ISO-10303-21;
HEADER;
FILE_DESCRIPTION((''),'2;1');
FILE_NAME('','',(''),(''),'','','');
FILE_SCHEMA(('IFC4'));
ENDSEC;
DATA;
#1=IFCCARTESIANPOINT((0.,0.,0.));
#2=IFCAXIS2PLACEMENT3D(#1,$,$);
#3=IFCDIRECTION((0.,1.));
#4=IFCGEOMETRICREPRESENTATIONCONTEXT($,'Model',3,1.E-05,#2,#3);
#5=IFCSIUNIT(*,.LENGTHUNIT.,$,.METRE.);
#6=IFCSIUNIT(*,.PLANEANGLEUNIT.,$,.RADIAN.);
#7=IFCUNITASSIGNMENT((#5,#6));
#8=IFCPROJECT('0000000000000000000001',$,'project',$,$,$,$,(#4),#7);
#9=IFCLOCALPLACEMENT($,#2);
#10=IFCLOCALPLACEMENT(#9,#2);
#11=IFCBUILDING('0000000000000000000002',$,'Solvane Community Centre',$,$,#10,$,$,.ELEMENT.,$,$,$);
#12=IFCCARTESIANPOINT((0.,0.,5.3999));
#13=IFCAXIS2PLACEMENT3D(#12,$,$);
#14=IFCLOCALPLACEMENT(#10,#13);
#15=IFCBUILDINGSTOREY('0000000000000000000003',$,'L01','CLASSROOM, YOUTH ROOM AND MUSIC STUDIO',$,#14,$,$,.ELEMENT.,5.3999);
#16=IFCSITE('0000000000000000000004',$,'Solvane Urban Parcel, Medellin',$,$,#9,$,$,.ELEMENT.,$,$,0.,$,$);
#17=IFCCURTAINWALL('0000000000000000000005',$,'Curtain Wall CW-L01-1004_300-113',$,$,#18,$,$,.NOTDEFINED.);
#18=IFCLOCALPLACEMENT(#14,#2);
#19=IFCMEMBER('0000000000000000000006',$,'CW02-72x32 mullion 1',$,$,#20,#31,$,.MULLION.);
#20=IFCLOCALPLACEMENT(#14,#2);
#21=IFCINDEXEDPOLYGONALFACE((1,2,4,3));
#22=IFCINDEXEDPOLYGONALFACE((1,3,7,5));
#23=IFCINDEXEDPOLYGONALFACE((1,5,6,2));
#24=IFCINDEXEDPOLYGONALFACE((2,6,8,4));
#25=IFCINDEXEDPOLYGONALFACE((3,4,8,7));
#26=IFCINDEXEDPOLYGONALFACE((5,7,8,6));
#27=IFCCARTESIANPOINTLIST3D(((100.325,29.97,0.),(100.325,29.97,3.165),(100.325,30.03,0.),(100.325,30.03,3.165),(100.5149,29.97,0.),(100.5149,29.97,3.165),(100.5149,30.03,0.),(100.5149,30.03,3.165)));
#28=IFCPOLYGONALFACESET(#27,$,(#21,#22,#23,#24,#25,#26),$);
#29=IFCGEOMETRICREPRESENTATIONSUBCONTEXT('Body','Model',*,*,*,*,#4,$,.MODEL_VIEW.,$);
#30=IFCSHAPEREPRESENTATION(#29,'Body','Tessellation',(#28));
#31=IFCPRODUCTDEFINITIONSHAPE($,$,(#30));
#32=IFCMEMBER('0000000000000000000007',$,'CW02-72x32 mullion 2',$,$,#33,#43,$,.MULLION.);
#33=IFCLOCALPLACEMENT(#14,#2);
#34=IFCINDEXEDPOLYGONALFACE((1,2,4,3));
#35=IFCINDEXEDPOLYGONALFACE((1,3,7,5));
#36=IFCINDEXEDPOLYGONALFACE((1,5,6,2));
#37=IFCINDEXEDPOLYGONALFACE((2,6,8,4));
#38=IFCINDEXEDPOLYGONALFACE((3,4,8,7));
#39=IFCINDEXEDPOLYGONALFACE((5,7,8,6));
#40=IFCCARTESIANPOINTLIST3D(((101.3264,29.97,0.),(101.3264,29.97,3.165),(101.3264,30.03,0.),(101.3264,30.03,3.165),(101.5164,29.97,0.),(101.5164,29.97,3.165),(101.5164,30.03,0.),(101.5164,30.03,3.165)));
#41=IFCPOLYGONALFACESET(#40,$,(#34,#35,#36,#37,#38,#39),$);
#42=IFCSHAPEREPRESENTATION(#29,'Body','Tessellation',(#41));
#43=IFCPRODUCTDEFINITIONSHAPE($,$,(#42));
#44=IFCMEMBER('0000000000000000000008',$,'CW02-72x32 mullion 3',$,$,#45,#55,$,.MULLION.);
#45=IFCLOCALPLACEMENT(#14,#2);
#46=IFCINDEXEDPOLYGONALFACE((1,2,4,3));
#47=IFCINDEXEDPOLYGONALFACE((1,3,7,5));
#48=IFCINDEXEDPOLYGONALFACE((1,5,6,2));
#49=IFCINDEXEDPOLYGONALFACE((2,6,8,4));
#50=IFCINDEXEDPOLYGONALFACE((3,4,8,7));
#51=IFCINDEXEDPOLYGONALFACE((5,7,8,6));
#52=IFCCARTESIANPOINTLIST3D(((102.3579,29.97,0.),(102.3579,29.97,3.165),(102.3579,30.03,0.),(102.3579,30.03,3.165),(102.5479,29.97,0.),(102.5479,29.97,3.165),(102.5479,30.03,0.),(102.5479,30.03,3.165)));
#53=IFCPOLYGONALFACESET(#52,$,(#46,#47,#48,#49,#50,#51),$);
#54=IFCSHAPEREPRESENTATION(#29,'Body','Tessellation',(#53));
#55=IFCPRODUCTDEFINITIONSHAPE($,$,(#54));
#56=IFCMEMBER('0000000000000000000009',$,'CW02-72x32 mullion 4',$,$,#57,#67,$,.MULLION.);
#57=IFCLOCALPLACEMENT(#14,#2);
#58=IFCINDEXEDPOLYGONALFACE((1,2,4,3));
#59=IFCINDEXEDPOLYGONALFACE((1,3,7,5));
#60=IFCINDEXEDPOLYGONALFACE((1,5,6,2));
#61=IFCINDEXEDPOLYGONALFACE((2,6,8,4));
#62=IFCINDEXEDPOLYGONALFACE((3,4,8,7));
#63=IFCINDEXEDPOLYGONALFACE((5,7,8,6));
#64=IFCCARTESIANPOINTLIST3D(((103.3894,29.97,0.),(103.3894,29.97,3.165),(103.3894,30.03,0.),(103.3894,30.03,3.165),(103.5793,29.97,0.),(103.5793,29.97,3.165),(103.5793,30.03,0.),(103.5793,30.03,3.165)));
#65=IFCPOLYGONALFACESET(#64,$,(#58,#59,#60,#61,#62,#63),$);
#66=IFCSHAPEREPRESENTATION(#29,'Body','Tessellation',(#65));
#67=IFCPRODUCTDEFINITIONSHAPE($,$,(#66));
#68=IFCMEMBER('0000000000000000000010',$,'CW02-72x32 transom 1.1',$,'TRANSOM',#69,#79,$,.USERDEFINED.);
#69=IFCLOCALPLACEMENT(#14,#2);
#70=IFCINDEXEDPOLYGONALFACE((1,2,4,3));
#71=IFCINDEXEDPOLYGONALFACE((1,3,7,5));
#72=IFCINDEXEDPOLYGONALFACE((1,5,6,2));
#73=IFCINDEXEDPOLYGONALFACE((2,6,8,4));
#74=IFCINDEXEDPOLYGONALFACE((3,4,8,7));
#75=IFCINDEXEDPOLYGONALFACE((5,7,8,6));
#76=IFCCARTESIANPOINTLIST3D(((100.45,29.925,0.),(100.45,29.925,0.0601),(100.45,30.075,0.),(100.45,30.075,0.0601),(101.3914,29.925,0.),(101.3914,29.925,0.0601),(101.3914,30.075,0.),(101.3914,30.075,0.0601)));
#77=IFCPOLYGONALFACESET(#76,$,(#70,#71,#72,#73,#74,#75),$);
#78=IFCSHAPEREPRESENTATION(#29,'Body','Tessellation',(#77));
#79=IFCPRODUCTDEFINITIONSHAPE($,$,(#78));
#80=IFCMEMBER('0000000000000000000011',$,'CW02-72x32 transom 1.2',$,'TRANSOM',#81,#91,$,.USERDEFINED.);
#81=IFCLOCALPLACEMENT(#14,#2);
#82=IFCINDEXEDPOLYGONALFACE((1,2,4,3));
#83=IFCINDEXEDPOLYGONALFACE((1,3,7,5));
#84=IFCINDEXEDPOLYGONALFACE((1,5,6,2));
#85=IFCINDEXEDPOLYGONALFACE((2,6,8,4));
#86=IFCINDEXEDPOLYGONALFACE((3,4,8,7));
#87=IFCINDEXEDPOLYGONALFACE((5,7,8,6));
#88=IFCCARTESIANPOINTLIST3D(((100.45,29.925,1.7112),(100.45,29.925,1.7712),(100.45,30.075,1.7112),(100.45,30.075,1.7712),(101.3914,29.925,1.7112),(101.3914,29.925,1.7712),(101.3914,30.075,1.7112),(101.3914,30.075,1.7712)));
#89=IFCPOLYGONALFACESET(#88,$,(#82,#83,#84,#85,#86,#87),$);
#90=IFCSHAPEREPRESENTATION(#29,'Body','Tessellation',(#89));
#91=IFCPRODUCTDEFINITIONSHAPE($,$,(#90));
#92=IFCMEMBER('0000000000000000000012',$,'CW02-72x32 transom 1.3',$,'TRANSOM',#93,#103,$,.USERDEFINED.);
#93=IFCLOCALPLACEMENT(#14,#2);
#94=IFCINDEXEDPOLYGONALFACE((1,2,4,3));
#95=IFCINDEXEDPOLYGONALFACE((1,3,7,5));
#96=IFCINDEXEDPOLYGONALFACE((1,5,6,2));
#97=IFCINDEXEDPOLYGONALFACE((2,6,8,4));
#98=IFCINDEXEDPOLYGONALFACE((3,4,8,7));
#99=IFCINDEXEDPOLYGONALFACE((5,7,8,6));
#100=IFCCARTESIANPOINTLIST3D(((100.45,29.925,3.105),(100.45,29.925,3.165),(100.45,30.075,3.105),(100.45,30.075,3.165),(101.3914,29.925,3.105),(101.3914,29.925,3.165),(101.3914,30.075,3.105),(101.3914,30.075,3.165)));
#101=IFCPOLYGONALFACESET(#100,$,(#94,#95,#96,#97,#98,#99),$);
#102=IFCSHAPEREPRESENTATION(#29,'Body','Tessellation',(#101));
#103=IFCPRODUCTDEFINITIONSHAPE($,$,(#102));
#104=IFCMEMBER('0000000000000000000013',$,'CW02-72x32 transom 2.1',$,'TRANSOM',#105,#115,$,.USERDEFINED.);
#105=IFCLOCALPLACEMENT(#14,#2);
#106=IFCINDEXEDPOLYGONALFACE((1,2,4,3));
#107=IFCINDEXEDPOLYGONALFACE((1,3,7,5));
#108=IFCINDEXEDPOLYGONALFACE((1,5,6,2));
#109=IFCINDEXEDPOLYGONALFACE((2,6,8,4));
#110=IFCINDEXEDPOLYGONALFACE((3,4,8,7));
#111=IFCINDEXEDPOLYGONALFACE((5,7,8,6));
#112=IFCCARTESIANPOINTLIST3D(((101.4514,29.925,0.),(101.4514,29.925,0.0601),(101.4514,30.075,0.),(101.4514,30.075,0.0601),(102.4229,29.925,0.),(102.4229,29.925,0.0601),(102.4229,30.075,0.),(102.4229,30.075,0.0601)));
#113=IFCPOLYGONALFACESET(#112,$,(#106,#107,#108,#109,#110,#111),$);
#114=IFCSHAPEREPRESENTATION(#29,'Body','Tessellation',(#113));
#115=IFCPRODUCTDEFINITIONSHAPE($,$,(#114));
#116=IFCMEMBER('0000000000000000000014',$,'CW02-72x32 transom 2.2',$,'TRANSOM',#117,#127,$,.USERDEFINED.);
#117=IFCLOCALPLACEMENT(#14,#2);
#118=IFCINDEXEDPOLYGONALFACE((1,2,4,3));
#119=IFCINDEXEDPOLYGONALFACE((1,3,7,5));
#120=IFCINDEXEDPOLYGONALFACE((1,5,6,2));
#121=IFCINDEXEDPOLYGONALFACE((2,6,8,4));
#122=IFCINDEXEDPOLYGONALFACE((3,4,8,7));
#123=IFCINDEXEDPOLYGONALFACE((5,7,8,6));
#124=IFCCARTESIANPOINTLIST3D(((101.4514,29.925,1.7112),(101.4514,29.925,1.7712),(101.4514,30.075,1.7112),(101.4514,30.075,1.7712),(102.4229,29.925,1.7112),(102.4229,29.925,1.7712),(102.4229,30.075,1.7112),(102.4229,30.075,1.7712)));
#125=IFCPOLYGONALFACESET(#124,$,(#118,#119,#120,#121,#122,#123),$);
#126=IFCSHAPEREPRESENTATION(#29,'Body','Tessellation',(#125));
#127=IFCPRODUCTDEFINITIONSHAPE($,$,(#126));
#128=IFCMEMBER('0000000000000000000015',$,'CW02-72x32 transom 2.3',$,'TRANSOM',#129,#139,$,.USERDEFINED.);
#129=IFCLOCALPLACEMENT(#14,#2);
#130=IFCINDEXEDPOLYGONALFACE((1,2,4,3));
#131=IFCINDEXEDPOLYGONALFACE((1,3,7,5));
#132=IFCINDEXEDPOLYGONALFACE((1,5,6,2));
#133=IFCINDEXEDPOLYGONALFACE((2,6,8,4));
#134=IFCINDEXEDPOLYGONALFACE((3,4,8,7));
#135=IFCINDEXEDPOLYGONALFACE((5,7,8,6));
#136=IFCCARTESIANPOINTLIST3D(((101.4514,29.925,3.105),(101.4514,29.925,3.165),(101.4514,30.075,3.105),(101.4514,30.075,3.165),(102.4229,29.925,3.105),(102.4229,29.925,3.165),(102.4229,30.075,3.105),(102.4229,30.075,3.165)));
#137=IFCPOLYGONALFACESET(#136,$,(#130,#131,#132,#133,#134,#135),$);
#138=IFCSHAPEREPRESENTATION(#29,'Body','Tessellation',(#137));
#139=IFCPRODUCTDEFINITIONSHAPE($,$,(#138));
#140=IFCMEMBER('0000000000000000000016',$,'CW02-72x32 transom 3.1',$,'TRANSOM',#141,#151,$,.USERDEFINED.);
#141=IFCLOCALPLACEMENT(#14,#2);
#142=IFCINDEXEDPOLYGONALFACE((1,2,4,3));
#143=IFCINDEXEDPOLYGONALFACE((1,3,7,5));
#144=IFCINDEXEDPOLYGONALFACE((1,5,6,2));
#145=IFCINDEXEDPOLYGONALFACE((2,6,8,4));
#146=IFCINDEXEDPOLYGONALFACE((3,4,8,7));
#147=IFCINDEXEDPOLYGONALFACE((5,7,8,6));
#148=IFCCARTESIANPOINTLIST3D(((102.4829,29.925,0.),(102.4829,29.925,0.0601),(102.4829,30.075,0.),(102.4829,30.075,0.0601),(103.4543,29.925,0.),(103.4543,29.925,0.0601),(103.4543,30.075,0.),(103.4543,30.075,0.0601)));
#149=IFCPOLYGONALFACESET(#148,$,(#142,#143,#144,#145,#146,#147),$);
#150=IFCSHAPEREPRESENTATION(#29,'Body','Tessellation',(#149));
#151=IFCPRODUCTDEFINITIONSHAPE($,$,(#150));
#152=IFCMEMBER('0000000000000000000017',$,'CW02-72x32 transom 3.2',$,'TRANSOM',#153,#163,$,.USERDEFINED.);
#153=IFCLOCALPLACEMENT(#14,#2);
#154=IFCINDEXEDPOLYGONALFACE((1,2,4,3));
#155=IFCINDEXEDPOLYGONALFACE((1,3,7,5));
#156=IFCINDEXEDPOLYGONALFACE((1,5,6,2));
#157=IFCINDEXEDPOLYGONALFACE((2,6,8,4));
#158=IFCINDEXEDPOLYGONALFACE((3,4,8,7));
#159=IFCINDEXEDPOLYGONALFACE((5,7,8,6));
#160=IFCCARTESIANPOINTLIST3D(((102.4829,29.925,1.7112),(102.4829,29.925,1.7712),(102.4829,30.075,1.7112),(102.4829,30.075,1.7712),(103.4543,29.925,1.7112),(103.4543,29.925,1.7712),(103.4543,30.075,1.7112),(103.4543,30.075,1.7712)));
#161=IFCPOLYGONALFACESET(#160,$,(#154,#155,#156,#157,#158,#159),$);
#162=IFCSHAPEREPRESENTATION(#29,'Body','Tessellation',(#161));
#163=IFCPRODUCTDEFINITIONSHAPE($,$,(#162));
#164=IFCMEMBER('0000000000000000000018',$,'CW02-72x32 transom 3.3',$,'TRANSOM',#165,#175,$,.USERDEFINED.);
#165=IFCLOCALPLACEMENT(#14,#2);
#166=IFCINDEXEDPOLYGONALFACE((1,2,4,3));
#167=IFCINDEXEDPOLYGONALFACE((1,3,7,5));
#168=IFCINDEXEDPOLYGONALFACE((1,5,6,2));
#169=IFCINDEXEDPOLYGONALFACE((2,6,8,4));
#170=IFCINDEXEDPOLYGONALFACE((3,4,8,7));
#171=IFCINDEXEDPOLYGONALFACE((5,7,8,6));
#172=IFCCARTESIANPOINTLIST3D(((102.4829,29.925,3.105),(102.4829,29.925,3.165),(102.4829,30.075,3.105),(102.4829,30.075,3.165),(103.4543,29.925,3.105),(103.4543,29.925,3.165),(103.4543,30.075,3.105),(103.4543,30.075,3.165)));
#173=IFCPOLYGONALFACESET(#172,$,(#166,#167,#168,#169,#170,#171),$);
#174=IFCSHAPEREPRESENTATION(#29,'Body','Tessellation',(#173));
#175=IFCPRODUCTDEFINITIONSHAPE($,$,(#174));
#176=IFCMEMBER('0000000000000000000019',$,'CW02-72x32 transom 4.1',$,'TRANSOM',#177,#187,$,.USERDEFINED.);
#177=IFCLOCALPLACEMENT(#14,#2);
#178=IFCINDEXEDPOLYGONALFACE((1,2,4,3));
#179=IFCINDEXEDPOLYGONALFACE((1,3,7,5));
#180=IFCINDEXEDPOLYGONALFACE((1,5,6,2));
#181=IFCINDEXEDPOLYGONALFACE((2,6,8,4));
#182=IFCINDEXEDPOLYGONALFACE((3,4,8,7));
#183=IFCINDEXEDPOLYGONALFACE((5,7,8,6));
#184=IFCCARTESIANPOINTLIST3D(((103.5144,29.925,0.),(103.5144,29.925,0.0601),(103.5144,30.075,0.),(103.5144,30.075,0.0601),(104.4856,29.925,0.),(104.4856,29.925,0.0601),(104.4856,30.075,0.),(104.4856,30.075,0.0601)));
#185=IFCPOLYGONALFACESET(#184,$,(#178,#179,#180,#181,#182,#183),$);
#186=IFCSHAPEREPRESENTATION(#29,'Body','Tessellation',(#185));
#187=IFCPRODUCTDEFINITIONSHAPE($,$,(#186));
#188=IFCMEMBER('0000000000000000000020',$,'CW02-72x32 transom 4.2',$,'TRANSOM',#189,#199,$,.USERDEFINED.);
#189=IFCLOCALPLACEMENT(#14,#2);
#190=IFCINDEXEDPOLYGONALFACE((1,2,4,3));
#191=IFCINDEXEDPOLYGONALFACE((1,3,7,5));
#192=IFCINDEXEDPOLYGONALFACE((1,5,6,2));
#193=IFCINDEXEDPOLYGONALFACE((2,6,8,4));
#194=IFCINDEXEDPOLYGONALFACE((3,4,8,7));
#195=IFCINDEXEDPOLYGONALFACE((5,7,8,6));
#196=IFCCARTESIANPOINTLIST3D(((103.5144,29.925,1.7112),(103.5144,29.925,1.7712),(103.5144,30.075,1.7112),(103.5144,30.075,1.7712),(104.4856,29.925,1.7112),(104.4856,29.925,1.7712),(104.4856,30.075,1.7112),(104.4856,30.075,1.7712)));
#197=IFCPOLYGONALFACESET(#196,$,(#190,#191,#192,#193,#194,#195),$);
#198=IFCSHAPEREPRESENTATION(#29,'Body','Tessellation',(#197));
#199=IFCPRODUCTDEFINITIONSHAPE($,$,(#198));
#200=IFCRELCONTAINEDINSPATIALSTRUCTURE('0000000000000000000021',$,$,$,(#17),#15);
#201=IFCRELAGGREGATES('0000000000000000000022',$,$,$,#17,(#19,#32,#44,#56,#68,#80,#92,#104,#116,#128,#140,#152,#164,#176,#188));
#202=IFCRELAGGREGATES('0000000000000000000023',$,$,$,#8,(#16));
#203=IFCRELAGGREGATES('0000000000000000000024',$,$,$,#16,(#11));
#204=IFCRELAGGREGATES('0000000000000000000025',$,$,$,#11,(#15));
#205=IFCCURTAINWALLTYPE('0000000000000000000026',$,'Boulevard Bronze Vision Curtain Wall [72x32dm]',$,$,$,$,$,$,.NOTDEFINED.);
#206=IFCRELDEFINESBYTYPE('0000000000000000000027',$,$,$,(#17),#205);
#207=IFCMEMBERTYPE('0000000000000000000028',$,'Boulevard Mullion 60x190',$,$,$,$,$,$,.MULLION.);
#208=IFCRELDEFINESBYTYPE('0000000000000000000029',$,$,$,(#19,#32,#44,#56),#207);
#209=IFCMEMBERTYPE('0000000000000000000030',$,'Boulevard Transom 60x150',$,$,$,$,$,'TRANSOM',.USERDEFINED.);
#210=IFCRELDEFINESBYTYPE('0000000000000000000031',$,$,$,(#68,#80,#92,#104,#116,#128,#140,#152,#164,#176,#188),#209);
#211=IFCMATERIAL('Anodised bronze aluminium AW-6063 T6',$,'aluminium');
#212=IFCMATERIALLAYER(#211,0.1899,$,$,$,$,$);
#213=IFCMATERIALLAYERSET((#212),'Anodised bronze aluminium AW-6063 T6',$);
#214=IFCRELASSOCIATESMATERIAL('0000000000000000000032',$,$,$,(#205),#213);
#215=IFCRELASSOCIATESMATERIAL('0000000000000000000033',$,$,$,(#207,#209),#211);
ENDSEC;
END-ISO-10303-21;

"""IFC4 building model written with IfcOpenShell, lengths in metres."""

from ifc_helpers import new_model, si_unit, direction, frame, origin, origin_2d, place, context, subcontext, project, spatial, rectangle, extrude, material, layer, layer_set, material_profile, profile_set, type_object, element, aggregate, save


model = new_model("IFC4")

# Units and contexts
model_context = context("Model", 3, precision=1e-05, world=origin(), true_north=direction((0.0, 1.0)))
body_context = subcontext(model_context, "Body", "Model", "MODEL_VIEW")
ifc_project = project(units=[si_unit("LENGTHUNIT", "METRE"), si_unit("PLANEANGLEUNIT", "RADIAN")], contexts=[model_context])

# Site, building, storey
site_placement = place(None, origin())
site = spatial("IfcSite", under=ifc_project, at=site_placement, Name="Solvane Urban Parcel, Medellin", CompositionType="ELEMENT", RefElevation=0.0)
building_placement = place(site_placement, origin())
building = spatial("IfcBuilding", under=site, at=building_placement, Name="Solvane Community Centre", CompositionType="ELEMENT")
storey_placement = place(building_placement, frame((0.0, 0.0, 5.3999)))
storey = spatial("IfcBuildingStorey", under=building, at=storey_placement, Name="L01", Description="CLASSROOM, YOUTH ROOM AND MUSIC STUDIO", CompositionType="ELEMENT", Elevation=5.3999)

# Curtain wall, members
ifc_material_1 = material(Name="Anodised bronze aluminium AW-6063 T6", Category="aluminium")
ifc_layer_1 = layer(ifc_material_1, 0.1899)
ifc_layer_set_1 = layer_set([ifc_layer_1], Name="Anodised bronze aluminium AW-6063 T6")
curtain_wall_type = type_object("IfcCurtainWallType", Name="Boulevard Bronze Vision Curtain Wall [72x32dm]", PredefinedType="NOTDEFINED", material=ifc_layer_set_1)
curtain_wall_placement = place(storey_placement, origin())
curtain_wall = element("IfcCurtainWall", 1, at=curtain_wall_placement, inside=storey, type_object=curtain_wall_type, Name="Curtain Wall CW-L01-1004_300-113", PredefinedType="NOTDEFINED")
ifc_material_profile_1 = material_profile(ifc_material_1, rectangle(XDim=0.0601, YDim=0.1899, at=origin_2d()), Name="CW-M 60x190")
ifc_profile_set_1 = profile_set([ifc_material_profile_1], Name="Anodised bronze aluminium AW-6063 T6")
member_type_1 = type_object("IfcMemberType", Name="Boulevard Mullion 60x190", PredefinedType="MULLION", material=ifc_profile_set_1)
member_1_placement = place(storey_placement, frame((100.4199, 30.0, 0.0), z_axis=(0.0, 0.0, 1.0), x_axis=(0.0, 1.0, 0.0)))
member_1 = element("IfcMember", 2, at=member_1_placement, type_object=member_type_1, Name="CW02-72x32 mullion 1", PredefinedType="MULLION", context=body_context, shape_type="SweptSolid", body=[
    extrude(rectangle(XDim=0.0601, YDim=0.1899, at=origin_2d()), origin(), (0.0, 0.0, 1.0), 3.165),
])
member_2_placement = place(storey_placement, frame((101.4214, 30.0, 0.0), z_axis=(0.0, 0.0, 1.0), x_axis=(0.0, 1.0, 0.0)))
member_2 = element("IfcMember", 3, at=member_2_placement, type_object=member_type_1, Name="CW02-72x32 mullion 2", PredefinedType="MULLION", context=body_context, shape_type="SweptSolid", body=[
    extrude(rectangle(XDim=0.0601, YDim=0.1899, at=origin_2d()), origin(), (0.0, 0.0, 1.0), 3.165),
])
member_3_placement = place(storey_placement, frame((102.4529, 30.0, 0.0), z_axis=(0.0, 0.0, 1.0), x_axis=(0.0, 1.0, 0.0)))
member_3 = element("IfcMember", 4, at=member_3_placement, type_object=member_type_1, Name="CW02-72x32 mullion 3", PredefinedType="MULLION", context=body_context, shape_type="SweptSolid", body=[
    extrude(rectangle(XDim=0.0601, YDim=0.1899, at=origin_2d()), origin(), (0.0, 0.0, 1.0), 3.165),
])
member_4_placement = place(storey_placement, frame((103.4844, 30.0, 0.0), z_axis=(0.0, 0.0, 1.0), x_axis=(0.0, 1.0, 0.0)))
member_4 = element("IfcMember", 5, at=member_4_placement, type_object=member_type_1, Name="CW02-72x32 mullion 4", PredefinedType="MULLION", context=body_context, shape_type="SweptSolid", body=[
    extrude(rectangle(XDim=0.0601, YDim=0.1899, at=origin_2d()), origin(), (0.0, 0.0, 1.0), 3.165),
])
ifc_material_profile_2 = material_profile(ifc_material_1, rectangle(XDim=0.1499, YDim=0.0601, at=origin_2d()), Name="CW-T 60x150")
ifc_profile_set_2 = profile_set([ifc_material_profile_2], Name="Anodised bronze aluminium AW-6063 T6")
member_type_2 = type_object("IfcMemberType", Name="Boulevard Transom 60x150", ElementType="TRANSOM", PredefinedType="USERDEFINED", material=ifc_profile_set_2)
member_5_placement = place(storey_placement, frame((100.45, 30.0, 0.03), z_axis=(1.0, 0.0, 0.0), x_axis=(0.0, 1.0, 0.0)))
member_5 = element("IfcMember", 6, at=member_5_placement, type_object=member_type_2, Name="CW02-72x32 transom 1.1", ObjectType="TRANSOM", PredefinedType="USERDEFINED", context=body_context, shape_type="SweptSolid", body=[
    extrude(rectangle(XDim=0.1499, YDim=0.0601, at=origin_2d()), origin(), (0.0, 0.0, 1.0), 0.9414),
])
member_6_placement = place(storey_placement, frame((100.45, 30.0, 1.7412), z_axis=(1.0, 0.0, 0.0), x_axis=(0.0, 1.0, 0.0)))
member_6 = element("IfcMember", 7, at=member_6_placement, type_object=member_type_2, Name="CW02-72x32 transom 1.2", ObjectType="TRANSOM", PredefinedType="USERDEFINED", context=body_context, shape_type="SweptSolid", body=[
    extrude(rectangle(XDim=0.1499, YDim=0.0601, at=origin_2d()), origin(), (0.0, 0.0, 1.0), 0.9414),
])
member_7_placement = place(storey_placement, frame((100.45, 30.0, 3.135), z_axis=(1.0, 0.0, 0.0), x_axis=(0.0, 1.0, 0.0)))
member_7 = element("IfcMember", 8, at=member_7_placement, type_object=member_type_2, Name="CW02-72x32 transom 1.3", ObjectType="TRANSOM", PredefinedType="USERDEFINED", context=body_context, shape_type="SweptSolid", body=[
    extrude(rectangle(XDim=0.1499, YDim=0.0601, at=origin_2d()), origin(), (0.0, 0.0, 1.0), 0.9414),
])
member_8_placement = place(storey_placement, frame((101.4514, 30.0, 0.03), z_axis=(1.0, 0.0, 0.0), x_axis=(0.0, 1.0, 0.0)))
member_8 = element("IfcMember", 9, at=member_8_placement, type_object=member_type_2, Name="CW02-72x32 transom 2.1", ObjectType="TRANSOM", PredefinedType="USERDEFINED", context=body_context, shape_type="SweptSolid", body=[
    extrude(rectangle(XDim=0.1499, YDim=0.0601, at=origin_2d()), origin(), (0.0, 0.0, 1.0), 0.9714),
])
member_9_placement = place(storey_placement, frame((101.4514, 30.0, 1.7412), z_axis=(1.0, 0.0, 0.0), x_axis=(0.0, 1.0, 0.0)))
member_9 = element("IfcMember", 10, at=member_9_placement, type_object=member_type_2, Name="CW02-72x32 transom 2.2", ObjectType="TRANSOM", PredefinedType="USERDEFINED", context=body_context, shape_type="SweptSolid", body=[
    extrude(rectangle(XDim=0.1499, YDim=0.0601, at=origin_2d()), origin(), (0.0, 0.0, 1.0), 0.9714),
])
member_10_placement = place(storey_placement, frame((101.4514, 30.0, 3.135), z_axis=(1.0, 0.0, 0.0), x_axis=(0.0, 1.0, 0.0)))
member_10 = element("IfcMember", 11, at=member_10_placement, type_object=member_type_2, Name="CW02-72x32 transom 2.3", ObjectType="TRANSOM", PredefinedType="USERDEFINED", context=body_context, shape_type="SweptSolid", body=[
    extrude(rectangle(XDim=0.1499, YDim=0.0601, at=origin_2d()), origin(), (0.0, 0.0, 1.0), 0.9714),
])
member_11_placement = place(storey_placement, frame((102.4829, 30.0, 0.03), z_axis=(1.0, 0.0, 0.0), x_axis=(0.0, 1.0, 0.0)))
member_11 = element("IfcMember", 12, at=member_11_placement, type_object=member_type_2, Name="CW02-72x32 transom 3.1", ObjectType="TRANSOM", PredefinedType="USERDEFINED", context=body_context, shape_type="SweptSolid", body=[
    extrude(rectangle(XDim=0.1499, YDim=0.0601, at=origin_2d()), origin(), (0.0, 0.0, 1.0), 0.9714),
])
member_12_placement = place(storey_placement, frame((102.4829, 30.0, 1.7412), z_axis=(1.0, 0.0, 0.0), x_axis=(0.0, 1.0, 0.0)))
member_12 = element("IfcMember", 13, at=member_12_placement, type_object=member_type_2, Name="CW02-72x32 transom 3.2", ObjectType="TRANSOM", PredefinedType="USERDEFINED", context=body_context, shape_type="SweptSolid", body=[
    extrude(rectangle(XDim=0.1499, YDim=0.0601, at=origin_2d()), origin(), (0.0, 0.0, 1.0), 0.9714),
])
member_13_placement = place(storey_placement, frame((102.4829, 30.0, 3.135), z_axis=(1.0, 0.0, 0.0), x_axis=(0.0, 1.0, 0.0)))
member_13 = element("IfcMember", 14, at=member_13_placement, type_object=member_type_2, Name="CW02-72x32 transom 3.3", ObjectType="TRANSOM", PredefinedType="USERDEFINED", context=body_context, shape_type="SweptSolid", body=[
    extrude(rectangle(XDim=0.1499, YDim=0.0601, at=origin_2d()), origin(), (0.0, 0.0, 1.0), 0.9714),
])
member_14_placement = place(storey_placement, frame((103.5144, 30.0, 0.03), z_axis=(1.0, 0.0, 0.0), x_axis=(0.0, 1.0, 0.0)))
member_14 = element("IfcMember", 15, at=member_14_placement, type_object=member_type_2, Name="CW02-72x32 transom 4.1", ObjectType="TRANSOM", PredefinedType="USERDEFINED", context=body_context, shape_type="SweptSolid", body=[
    extrude(rectangle(XDim=0.1499, YDim=0.0601, at=origin_2d()), origin(), (0.0, 0.0, 1.0), 0.9712),
])
member_15_placement = place(storey_placement, frame((103.5144, 30.0, 1.7412), z_axis=(1.0, 0.0, 0.0), x_axis=(0.0, 1.0, 0.0)))
member_15 = element("IfcMember", 16, at=member_15_placement, type_object=member_type_2, Name="CW02-72x32 transom 4.2", ObjectType="TRANSOM", PredefinedType="USERDEFINED", context=body_context, shape_type="SweptSolid", body=[
    extrude(rectangle(XDim=0.1499, YDim=0.0601, at=origin_2d()), origin(), (0.0, 0.0, 1.0), 0.9712),
])

aggregate(curtain_wall, [member_1, member_2, member_3, member_4, member_5, member_6, member_7, member_8, member_9, member_10, member_11, member_12, member_13, member_14, member_15])

save(model, "model.ifc")
